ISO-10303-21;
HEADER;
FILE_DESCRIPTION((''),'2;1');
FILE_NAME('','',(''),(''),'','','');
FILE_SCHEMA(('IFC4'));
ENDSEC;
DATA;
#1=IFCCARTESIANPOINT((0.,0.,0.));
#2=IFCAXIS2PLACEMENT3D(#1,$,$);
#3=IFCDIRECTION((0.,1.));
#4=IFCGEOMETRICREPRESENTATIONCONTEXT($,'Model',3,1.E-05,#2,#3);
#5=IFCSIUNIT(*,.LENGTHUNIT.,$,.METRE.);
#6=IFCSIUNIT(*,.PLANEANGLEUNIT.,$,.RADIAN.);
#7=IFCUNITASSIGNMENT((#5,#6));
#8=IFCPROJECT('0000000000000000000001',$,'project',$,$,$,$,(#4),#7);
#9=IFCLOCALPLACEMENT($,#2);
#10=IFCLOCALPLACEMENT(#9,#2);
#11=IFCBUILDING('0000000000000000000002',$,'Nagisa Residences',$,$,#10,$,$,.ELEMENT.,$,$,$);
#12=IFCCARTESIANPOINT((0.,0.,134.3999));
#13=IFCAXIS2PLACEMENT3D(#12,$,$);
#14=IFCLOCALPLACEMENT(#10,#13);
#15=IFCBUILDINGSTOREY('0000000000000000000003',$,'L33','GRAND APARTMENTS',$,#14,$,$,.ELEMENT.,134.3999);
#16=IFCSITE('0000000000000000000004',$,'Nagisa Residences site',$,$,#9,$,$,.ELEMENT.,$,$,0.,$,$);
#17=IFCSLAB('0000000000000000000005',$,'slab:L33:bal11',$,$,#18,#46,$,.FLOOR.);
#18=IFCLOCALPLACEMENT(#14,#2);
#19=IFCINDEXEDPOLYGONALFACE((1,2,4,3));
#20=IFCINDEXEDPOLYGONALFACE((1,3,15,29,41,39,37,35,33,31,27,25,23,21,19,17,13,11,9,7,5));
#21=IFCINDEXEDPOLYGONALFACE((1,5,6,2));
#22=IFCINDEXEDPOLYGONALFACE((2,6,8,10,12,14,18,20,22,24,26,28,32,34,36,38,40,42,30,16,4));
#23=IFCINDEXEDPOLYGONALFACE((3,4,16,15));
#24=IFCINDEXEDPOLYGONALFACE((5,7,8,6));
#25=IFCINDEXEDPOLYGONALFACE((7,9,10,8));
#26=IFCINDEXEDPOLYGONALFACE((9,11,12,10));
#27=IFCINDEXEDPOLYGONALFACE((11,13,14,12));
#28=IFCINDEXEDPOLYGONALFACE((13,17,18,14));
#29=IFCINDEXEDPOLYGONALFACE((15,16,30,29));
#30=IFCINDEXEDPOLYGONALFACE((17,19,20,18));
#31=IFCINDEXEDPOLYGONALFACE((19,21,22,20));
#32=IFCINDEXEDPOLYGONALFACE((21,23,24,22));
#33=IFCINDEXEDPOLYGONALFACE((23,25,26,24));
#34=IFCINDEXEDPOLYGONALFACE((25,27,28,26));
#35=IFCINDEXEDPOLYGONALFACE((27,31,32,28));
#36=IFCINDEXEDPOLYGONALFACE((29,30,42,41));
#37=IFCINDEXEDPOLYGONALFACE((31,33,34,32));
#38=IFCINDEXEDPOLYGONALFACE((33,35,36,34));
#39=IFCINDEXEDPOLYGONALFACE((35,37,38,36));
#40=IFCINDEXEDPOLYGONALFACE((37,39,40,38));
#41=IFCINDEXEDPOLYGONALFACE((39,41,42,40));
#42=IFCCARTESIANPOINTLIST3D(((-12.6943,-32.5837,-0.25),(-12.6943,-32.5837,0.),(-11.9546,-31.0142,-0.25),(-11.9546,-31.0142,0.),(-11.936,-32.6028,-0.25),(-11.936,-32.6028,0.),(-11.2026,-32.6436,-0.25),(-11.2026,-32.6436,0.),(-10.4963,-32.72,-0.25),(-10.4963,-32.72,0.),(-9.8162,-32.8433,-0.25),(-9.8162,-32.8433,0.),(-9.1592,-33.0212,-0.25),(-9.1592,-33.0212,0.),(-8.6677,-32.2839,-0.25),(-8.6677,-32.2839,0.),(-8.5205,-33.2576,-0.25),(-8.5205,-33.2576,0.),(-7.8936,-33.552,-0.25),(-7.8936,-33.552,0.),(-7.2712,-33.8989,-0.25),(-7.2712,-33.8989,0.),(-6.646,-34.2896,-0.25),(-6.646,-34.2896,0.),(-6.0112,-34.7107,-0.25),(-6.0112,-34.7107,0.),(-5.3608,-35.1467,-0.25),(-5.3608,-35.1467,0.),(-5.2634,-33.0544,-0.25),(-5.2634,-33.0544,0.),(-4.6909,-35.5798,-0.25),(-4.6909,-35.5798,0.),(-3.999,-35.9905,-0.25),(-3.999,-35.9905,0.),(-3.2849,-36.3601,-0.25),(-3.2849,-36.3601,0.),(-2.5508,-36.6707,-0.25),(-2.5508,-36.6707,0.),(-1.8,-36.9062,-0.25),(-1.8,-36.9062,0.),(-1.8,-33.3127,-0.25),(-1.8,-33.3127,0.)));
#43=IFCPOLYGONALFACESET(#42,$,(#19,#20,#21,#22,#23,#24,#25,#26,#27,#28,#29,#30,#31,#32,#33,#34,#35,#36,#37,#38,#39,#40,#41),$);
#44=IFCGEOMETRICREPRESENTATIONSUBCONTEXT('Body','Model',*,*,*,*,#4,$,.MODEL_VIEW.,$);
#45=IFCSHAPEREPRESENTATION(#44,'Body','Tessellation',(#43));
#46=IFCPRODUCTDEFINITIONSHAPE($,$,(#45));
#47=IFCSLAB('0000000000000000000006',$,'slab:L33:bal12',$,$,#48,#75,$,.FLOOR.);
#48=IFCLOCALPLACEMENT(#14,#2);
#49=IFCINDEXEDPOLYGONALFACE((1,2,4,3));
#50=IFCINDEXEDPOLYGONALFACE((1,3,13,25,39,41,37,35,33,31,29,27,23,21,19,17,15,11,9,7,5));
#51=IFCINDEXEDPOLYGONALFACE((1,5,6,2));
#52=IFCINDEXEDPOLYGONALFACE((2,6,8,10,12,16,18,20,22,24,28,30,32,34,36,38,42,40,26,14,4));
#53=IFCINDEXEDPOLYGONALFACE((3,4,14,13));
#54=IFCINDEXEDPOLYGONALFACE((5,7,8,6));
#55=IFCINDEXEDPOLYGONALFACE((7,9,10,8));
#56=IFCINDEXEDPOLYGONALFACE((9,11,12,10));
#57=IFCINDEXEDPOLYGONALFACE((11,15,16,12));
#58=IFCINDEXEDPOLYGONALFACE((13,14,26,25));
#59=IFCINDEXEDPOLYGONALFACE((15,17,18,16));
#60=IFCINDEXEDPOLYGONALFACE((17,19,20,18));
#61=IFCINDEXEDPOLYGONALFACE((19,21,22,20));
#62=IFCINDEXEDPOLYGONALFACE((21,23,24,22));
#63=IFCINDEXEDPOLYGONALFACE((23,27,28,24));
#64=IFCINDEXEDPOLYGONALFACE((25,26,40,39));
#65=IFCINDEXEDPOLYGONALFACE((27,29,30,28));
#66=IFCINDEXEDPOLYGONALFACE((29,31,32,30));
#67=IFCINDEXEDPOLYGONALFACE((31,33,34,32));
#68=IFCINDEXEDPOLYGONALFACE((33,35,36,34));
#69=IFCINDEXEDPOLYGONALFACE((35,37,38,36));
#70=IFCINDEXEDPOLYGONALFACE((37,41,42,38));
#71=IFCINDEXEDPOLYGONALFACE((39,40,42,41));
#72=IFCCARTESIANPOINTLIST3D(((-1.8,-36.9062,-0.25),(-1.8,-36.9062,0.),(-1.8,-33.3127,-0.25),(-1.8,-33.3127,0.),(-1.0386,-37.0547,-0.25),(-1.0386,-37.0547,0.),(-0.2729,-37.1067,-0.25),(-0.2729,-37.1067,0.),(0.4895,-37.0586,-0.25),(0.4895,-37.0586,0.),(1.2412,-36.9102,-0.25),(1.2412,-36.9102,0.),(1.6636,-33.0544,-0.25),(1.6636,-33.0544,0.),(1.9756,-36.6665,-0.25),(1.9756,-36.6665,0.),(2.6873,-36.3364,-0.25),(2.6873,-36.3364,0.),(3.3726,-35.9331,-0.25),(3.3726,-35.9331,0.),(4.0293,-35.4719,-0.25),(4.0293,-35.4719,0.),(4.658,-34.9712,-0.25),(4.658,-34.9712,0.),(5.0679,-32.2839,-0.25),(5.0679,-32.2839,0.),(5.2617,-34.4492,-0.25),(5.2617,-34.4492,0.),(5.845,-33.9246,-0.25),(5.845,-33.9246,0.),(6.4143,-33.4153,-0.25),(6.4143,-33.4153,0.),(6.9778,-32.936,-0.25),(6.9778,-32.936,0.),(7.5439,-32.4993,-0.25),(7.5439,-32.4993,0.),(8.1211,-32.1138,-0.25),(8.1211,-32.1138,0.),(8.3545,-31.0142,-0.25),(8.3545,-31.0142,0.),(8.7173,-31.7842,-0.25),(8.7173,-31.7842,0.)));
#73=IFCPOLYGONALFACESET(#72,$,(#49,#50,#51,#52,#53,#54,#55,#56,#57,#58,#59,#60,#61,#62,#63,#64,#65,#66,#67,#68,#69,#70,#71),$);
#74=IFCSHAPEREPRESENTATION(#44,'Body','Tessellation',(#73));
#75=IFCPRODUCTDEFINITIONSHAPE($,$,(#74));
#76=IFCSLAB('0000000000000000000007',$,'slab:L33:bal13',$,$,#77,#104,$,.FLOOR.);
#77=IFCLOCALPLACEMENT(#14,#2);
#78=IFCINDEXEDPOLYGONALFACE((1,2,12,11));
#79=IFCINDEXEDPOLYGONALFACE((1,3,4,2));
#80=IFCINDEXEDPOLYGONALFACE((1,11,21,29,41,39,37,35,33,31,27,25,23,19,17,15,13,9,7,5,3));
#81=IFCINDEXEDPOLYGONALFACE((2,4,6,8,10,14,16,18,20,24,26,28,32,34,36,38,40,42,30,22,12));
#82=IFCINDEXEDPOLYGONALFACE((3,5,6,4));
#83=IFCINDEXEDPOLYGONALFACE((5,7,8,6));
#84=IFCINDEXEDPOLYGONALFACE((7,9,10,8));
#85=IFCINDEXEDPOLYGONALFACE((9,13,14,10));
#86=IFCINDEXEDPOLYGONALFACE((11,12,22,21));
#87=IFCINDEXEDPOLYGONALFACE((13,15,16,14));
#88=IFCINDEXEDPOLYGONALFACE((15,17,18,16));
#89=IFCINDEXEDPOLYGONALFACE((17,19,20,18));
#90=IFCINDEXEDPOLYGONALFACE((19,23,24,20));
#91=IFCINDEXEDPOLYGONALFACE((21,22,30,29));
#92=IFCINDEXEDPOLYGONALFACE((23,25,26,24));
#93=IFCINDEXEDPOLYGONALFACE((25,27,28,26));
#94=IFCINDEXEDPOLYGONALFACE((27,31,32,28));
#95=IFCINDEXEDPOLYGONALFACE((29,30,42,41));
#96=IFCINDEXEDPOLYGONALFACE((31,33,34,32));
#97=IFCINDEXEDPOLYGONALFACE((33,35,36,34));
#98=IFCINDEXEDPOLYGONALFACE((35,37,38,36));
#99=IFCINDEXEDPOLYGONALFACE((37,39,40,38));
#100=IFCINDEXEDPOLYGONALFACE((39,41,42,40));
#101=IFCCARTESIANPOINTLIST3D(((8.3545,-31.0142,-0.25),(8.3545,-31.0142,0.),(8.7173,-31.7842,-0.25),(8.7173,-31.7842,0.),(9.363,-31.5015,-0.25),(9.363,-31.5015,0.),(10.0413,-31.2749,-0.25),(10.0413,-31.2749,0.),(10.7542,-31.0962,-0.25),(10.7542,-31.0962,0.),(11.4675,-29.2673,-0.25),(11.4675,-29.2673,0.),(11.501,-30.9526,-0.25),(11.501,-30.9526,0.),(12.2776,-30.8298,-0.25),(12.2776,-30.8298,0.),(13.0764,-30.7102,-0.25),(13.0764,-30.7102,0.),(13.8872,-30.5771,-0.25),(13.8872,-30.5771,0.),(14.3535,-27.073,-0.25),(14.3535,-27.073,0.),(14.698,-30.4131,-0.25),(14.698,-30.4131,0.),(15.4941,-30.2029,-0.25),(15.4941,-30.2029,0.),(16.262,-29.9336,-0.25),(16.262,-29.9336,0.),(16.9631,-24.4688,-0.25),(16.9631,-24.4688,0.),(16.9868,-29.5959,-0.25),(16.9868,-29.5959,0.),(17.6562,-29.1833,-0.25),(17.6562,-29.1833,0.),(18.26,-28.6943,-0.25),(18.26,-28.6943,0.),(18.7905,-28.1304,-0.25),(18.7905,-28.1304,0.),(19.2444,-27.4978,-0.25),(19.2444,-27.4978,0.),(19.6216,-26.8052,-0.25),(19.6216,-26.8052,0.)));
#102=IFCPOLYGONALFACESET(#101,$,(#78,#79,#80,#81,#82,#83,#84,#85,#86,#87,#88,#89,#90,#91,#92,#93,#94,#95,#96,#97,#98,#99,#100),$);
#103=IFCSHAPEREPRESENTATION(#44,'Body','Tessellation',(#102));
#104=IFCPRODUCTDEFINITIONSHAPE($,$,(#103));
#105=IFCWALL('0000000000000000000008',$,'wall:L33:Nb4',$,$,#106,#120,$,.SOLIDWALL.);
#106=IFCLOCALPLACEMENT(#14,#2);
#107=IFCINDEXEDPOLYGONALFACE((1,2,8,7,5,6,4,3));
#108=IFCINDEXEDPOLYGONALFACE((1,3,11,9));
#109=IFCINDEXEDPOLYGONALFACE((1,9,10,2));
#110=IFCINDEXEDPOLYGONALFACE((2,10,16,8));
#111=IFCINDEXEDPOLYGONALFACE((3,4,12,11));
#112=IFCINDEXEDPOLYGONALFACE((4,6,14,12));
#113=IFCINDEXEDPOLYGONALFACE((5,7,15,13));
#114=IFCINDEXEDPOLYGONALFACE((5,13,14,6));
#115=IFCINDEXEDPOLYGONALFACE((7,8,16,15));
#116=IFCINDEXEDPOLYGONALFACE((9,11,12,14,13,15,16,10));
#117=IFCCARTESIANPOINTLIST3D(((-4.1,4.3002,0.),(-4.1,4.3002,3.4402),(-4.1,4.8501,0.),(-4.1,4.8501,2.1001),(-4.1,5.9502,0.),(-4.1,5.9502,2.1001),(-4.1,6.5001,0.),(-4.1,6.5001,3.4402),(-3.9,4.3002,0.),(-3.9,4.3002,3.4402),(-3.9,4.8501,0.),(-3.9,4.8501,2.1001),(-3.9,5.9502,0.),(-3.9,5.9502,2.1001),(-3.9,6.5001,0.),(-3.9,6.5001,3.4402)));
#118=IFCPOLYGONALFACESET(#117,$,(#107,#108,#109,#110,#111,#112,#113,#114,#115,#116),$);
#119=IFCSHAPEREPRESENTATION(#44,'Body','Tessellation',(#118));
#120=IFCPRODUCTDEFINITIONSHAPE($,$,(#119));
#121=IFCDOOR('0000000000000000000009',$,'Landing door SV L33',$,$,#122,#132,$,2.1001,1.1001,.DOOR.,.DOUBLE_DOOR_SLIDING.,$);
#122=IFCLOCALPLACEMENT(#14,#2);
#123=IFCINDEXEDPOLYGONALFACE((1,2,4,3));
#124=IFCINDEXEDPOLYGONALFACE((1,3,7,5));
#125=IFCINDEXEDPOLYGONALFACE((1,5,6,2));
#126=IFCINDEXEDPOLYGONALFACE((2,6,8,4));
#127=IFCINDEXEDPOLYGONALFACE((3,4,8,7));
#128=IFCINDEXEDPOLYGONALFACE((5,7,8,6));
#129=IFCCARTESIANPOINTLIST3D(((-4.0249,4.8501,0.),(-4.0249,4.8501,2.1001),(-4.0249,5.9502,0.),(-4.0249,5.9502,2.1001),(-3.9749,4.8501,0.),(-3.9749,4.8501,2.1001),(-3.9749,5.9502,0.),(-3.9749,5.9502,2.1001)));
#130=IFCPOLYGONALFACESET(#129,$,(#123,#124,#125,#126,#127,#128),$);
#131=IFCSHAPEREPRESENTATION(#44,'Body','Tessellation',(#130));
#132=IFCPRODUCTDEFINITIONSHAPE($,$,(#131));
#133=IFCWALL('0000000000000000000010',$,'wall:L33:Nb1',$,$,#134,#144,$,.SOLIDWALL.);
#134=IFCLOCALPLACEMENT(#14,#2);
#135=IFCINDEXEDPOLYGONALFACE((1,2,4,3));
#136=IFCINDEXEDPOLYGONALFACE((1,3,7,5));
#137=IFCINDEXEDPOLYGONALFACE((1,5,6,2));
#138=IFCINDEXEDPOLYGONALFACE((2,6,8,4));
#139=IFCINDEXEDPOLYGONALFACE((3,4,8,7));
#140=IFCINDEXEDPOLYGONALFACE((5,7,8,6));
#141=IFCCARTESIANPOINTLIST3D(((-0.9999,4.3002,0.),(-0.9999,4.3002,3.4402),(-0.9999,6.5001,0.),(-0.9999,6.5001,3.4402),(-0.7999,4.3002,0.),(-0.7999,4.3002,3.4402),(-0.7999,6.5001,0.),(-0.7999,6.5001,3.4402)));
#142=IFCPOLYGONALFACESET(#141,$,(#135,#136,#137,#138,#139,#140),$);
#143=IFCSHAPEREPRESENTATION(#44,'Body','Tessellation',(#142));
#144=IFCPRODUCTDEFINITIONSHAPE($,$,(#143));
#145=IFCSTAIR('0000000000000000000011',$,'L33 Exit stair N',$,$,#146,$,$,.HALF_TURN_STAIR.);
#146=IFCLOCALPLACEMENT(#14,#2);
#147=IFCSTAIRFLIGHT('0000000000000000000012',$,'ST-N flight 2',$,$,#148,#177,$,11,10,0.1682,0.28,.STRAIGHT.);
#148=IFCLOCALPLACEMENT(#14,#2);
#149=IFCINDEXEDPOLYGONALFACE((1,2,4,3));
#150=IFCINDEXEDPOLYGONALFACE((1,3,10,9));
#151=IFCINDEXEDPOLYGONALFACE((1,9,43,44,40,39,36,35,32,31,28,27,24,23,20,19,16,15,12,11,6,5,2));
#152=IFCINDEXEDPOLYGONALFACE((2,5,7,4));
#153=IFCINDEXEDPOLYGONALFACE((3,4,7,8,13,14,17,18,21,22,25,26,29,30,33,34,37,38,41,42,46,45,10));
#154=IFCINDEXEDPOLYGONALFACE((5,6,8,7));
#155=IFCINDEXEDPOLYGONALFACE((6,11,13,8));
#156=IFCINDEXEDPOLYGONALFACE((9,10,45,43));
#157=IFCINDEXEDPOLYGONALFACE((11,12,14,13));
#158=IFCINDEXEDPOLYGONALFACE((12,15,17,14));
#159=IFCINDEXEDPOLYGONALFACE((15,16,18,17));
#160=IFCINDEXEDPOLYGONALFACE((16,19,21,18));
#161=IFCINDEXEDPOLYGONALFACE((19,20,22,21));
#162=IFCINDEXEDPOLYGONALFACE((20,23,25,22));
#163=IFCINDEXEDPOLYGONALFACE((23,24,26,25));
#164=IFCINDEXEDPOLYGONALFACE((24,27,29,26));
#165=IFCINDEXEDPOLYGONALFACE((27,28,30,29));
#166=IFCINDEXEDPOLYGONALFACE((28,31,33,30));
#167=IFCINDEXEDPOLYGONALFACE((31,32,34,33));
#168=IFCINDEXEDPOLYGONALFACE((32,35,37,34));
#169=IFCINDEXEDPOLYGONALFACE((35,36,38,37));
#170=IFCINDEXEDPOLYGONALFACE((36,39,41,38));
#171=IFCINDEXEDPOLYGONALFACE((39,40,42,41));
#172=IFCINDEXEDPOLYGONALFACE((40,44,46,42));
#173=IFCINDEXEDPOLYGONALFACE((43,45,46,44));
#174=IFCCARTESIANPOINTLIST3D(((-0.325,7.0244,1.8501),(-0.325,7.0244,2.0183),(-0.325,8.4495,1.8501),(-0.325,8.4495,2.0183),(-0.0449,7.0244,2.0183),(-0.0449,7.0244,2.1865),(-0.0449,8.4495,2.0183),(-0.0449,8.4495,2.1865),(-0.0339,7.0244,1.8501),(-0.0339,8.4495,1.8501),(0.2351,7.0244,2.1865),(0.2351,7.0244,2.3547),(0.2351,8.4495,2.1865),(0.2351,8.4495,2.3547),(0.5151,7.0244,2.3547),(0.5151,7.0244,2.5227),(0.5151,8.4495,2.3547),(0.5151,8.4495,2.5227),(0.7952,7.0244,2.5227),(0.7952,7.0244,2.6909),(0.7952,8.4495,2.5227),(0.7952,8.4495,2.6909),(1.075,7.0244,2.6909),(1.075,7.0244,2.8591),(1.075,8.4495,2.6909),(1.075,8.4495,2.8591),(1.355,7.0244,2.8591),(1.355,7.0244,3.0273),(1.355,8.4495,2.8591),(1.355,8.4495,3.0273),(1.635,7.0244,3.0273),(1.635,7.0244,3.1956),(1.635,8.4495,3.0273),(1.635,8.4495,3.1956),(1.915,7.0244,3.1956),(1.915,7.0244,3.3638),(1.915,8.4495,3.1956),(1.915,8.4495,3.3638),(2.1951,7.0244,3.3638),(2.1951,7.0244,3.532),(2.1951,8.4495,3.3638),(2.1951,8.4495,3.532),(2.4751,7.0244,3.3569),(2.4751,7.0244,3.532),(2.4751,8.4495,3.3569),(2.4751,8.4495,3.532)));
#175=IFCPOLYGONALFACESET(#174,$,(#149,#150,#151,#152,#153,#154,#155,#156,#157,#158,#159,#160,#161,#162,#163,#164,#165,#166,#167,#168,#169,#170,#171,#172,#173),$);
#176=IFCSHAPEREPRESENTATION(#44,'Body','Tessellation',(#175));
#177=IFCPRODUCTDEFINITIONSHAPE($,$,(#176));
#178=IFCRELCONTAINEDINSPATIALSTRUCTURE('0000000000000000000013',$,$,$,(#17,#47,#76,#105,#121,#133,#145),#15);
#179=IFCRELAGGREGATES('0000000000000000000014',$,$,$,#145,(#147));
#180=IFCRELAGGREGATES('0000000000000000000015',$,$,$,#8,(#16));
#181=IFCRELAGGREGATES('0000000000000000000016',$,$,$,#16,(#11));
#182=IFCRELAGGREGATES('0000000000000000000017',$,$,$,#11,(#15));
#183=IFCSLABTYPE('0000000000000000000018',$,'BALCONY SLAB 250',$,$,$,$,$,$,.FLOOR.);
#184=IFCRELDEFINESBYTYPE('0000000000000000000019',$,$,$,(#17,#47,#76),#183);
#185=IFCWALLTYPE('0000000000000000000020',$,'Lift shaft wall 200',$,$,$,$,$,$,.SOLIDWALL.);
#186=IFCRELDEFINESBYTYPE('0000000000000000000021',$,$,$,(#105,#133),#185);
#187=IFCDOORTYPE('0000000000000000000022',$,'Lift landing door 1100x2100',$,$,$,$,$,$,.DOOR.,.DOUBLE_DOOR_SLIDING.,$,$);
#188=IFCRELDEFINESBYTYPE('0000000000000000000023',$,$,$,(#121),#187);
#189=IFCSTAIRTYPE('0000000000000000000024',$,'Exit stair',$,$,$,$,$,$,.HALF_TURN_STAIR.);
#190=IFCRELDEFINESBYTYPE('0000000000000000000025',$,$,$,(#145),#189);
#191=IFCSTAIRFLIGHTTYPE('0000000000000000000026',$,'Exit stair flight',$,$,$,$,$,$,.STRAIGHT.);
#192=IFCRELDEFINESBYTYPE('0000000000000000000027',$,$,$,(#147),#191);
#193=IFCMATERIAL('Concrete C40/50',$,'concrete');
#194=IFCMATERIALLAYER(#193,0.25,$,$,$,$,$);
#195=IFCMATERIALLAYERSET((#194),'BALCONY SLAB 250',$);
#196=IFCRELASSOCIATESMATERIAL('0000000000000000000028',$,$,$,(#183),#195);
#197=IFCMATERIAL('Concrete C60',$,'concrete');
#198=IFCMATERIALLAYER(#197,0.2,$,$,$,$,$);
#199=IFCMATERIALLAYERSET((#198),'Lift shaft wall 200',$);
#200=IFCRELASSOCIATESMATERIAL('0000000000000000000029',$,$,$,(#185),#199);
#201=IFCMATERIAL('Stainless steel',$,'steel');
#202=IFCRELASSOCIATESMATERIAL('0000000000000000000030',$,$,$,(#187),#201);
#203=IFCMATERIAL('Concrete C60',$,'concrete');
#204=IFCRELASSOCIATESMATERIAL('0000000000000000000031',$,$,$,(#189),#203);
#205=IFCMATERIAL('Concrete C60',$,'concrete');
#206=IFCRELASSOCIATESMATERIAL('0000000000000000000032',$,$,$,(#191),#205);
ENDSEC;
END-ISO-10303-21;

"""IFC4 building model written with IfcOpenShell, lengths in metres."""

from ifc_helpers import new_model, si_unit, direction, frame, frame_2d, origin, place, context, subcontext, project, spatial, polyline, rectangle, outline, extrude, material, layer, layer_set, type_object, element, fill, aggregate, save


model = new_model("IFC4")

# Units and contexts
model_context = context("Model", 3, precision=1e-05, world=origin(), true_north=direction((0.0, 1.0)))
body_context = subcontext(model_context, "Body", "Model", "MODEL_VIEW")
ifc_project = project(units=[si_unit("LENGTHUNIT", "METRE"), si_unit("PLANEANGLEUNIT", "RADIAN")], contexts=[model_context])

# Site, building, storey
site_placement = place(None, origin())
site = spatial("IfcSite", under=ifc_project, at=site_placement, Name="Nagisa Residences site", CompositionType="ELEMENT", RefElevation=0.0)
building_placement = place(site_placement, origin())
building = spatial("IfcBuilding", under=site, at=building_placement, Name="Nagisa Residences", CompositionType="ELEMENT")
storey_placement = place(building_placement, frame((0.0, 0.0, 134.3999)))
storey = spatial("IfcBuildingStorey", under=building, at=storey_placement, Name="L33", Description="GRAND APARTMENTS", CompositionType="ELEMENT", Elevation=134.3999)

# Slabs
ifc_material_1 = material(Name="Concrete C40/50", Category="concrete")
ifc_layer_1 = layer(ifc_material_1, 0.25)
ifc_layer_set_1 = layer_set([ifc_layer_1], Name="BALCONY SLAB 250")
slab_type = type_object("IfcSlabType", Name="BALCONY SLAB 250", PredefinedType="FLOOR", material=ifc_layer_set_1)
slab_1_placement = place(storey_placement, frame((0.0, 0.0, -0.25)))
element("IfcSlab", 1, at=slab_1_placement, inside=storey, type_object=slab_type, Name="slab:L33:bal11", PredefinedType="FLOOR", context=body_context, shape_type="SweptSolid", body=[
    extrude(outline(polyline([(-12.6943, -32.5837), (-11.936, -32.6028), (-11.2026, -32.6436), (-10.4963, -32.72), (-9.8162, -32.8433), (-9.1592, -33.0212), (-8.5205, -33.2576), (-7.8936, -33.552), (-7.2712, -33.8989), (-6.646, -34.2896), (-6.0112, -34.7107), (-5.3608, -35.1467), (-4.6909, -35.5798), (-3.999, -35.9905), (-3.2849, -36.3601), (-2.5508, -36.6707), (-1.8, -36.9062), (-1.8, -33.3127), (-5.2634, -33.0544), (-8.6677, -32.2839), (-11.9546, -31.0142), (-12.6943, -32.5837)])), origin(), (0.0, 0.0, 1.0), 0.25),
])
slab_2_placement = place(storey_placement, frame((0.0, 0.0, -0.25)))
element("IfcSlab", 2, at=slab_2_placement, inside=storey, type_object=slab_type, Name="slab:L33:bal12", PredefinedType="FLOOR", context=body_context, shape_type="SweptSolid", body=[
    extrude(outline(polyline([(-1.8, -36.9062), (-1.0386, -37.0547), (-0.2729, -37.1067), (0.4895, -37.0586), (1.2412, -36.9102), (1.9756, -36.6665), (2.6873, -36.3364), (3.3726, -35.9331), (4.0293, -35.4719), (4.658, -34.9712), (5.2617, -34.4492), (5.845, -33.9246), (6.4143, -33.4153), (6.9778, -32.936), (7.5439, -32.4993), (8.1211, -32.1138), (8.7173, -31.7842), (8.3545, -31.0142), (5.0679, -32.2839), (1.6636, -33.0544), (-1.8, -33.3127), (-1.8, -36.9062)])), origin(), (0.0, 0.0, 1.0), 0.25),
])
slab_3_placement = place(storey_placement, frame((0.0, 0.0, -0.25)))
element("IfcSlab", 3, at=slab_3_placement, inside=storey, type_object=slab_type, Name="slab:L33:bal13", PredefinedType="FLOOR", context=body_context, shape_type="SweptSolid", body=[
    extrude(outline(polyline([(8.7173, -31.7842), (9.363, -31.5015), (10.0413, -31.2749), (10.7542, -31.0962), (11.501, -30.9526), (12.2776, -30.8298), (13.0764, -30.7102), (13.8872, -30.5771), (14.698, -30.4131), (15.4941, -30.2029), (16.262, -29.9336), (16.9868, -29.5959), (17.6562, -29.1833), (18.26, -28.6943), (18.7905, -28.1304), (19.2444, -27.4978), (19.6216, -26.8052), (16.9631, -24.4688), (14.3535, -27.073), (11.4675, -29.2673), (8.3545, -31.0142), (8.7173, -31.7842)])), origin(), (0.0, 0.0, 1.0), 0.25),
])

# Wall, opening, door
ifc_material_2 = material(Name="Concrete C60", Category="concrete")
ifc_layer_2 = layer(ifc_material_2, 0.2)
ifc_layer_set_2 = layer_set([ifc_layer_2], Name="Lift shaft wall 200")
wall_type = type_object("IfcWallType", Name="Lift shaft wall 200", PredefinedType="SOLIDWALL", material=ifc_layer_set_2)
wall_1_placement = place(storey_placement, frame((-4.0, 4.3, 0.0), z_axis=(0.0, 0.0, 1.0), x_axis=(0.0, 1.0, 0.0)))
wall_1 = element("IfcWall", 4, at=wall_1_placement, inside=storey, type_object=wall_type, Name="wall:L33:Nb4", PredefinedType="SOLIDWALL", context=body_context, shape_type="SweptSolid", body=[
    extrude(rectangle(XDim=2.2, YDim=0.2, at=frame_2d((1.1001, 0.0))), origin(), (0.0, 0.0, 1.0), 3.4402),
])
opening_placement = place(wall_1_placement, frame((0.55, 0.0, 0.0)))
opening = element("IfcOpeningElement", 5, at=opening_placement, cuts=wall_1, PredefinedType="OPENING", context=body_context, shape_type="SweptSolid", body=[
    extrude(rectangle(XDim=1.1001, YDim=2.1001, at=frame_2d((0.55, 1.05))), frame((0.0, 0.1099, 0.0), z_axis=(0.0, -1.0, 0.0), x_axis=(1.0, 0.0, 0.0)), (0.0, 0.0, 1.0), 0.22),
])
ifc_material_3 = material(Name="Stainless steel", Category="steel")
door_type = type_object("IfcDoorType", Name="Lift landing door 1100x2100", OperationType="DOUBLE_DOOR_SLIDING", PredefinedType="DOOR", material=ifc_material_3)
door_placement = place(opening_placement, origin())
door = element("IfcDoor", 6, at=door_placement, inside=storey, type_object=door_type, Name="Landing door SV L33", OperationType="DOUBLE_DOOR_SLIDING", OverallHeight=2.1001, OverallWidth=1.1001, PredefinedType="DOOR", context=body_context, shape_type="SweptSolid", body=[
    extrude(rectangle(XDim=1.1001, YDim=2.1001, at=frame_2d((0.55, 1.05))), frame((0.0, 0.0249, 0.0), z_axis=(0.0, -1.0, 0.0), x_axis=(1.0, 0.0, 0.0)), (0.0, 0.0, 1.0), 0.05),
])
fill(opening, door)

# Wall
wall_2_placement = place(storey_placement, frame((-0.8999, 4.3, 0.0), z_axis=(0.0, 0.0, 1.0), x_axis=(0.0, 1.0, 0.0)))
element("IfcWall", 7, at=wall_2_placement, inside=storey, type_object=wall_type, Name="wall:L33:Nb1", PredefinedType="SOLIDWALL", context=body_context, shape_type="SweptSolid", body=[
    extrude(rectangle(XDim=2.2, YDim=0.2, at=frame_2d((1.1001, 0.0))), origin(), (0.0, 0.0, 1.0), 3.4402),
])

# Stair, stair flight
ifc_material_4 = material(Name="Concrete C60", Category="concrete")
stair_type = type_object("IfcStairType", Name="Exit stair", PredefinedType="HALF_TURN_STAIR", material=ifc_material_4)
stair_placement = place(storey_placement, origin())
stair = element("IfcStair", 8, at=stair_placement, inside=storey, type_object=stair_type, Name="L33 Exit stair N", PredefinedType="HALF_TURN_STAIR")
ifc_material_5 = material(Name="Concrete C60", Category="concrete")
stair_flight_type = type_object("IfcStairFlightType", Name="Exit stair flight", PredefinedType="STRAIGHT", material=ifc_material_5)
stair_flight_placement = place(storey_placement, frame((-0.325, 7.7371, 1.8501), z_axis=(0.0, 0.0, 1.0), x_axis=(1.0, 0.0, 0.0)))
stair_flight = element("IfcStairFlight", 9, at=stair_flight_placement, type_object=stair_flight_type, Name="ST-N flight 2", NumberOfRisers=11, NumberOfTreads=10, PredefinedType="STRAIGHT", RiserHeight=0.1682, TreadLength=0.28, context=body_context, shape_type="SweptSolid", body=[
    extrude(outline(polyline([(0.0, 0.0), (0.0, 0.1682), (0.28, 0.1682), (0.28, 0.3364), (0.5601, 0.3364), (0.5601, 0.5046), (0.8401, 0.5046), (0.8401, 0.6726), (1.1201, 0.6726), (1.1201, 0.8408), (1.3999, 0.8408), (1.3999, 1.009), (1.6799, 1.009), (1.6799, 1.1772), (1.96, 1.1772), (1.96, 1.3455), (2.24, 1.3455), (2.24, 1.5137), (2.52, 1.5137), (2.52, 1.6819), (2.8, 1.6819), (2.8, 1.8501), (2.8, 1.5068), (0.291, 0.0), (0.0, 0.0)])), frame((0.0, 0.7124, 0.0), z_axis=(0.0, -1.0, 0.0), x_axis=(1.0, 0.0, 0.0)), (0.0, 0.0, 1.0), 1.425),
])
aggregate(stair, [stair_flight])

save(model, "model.ifc")
